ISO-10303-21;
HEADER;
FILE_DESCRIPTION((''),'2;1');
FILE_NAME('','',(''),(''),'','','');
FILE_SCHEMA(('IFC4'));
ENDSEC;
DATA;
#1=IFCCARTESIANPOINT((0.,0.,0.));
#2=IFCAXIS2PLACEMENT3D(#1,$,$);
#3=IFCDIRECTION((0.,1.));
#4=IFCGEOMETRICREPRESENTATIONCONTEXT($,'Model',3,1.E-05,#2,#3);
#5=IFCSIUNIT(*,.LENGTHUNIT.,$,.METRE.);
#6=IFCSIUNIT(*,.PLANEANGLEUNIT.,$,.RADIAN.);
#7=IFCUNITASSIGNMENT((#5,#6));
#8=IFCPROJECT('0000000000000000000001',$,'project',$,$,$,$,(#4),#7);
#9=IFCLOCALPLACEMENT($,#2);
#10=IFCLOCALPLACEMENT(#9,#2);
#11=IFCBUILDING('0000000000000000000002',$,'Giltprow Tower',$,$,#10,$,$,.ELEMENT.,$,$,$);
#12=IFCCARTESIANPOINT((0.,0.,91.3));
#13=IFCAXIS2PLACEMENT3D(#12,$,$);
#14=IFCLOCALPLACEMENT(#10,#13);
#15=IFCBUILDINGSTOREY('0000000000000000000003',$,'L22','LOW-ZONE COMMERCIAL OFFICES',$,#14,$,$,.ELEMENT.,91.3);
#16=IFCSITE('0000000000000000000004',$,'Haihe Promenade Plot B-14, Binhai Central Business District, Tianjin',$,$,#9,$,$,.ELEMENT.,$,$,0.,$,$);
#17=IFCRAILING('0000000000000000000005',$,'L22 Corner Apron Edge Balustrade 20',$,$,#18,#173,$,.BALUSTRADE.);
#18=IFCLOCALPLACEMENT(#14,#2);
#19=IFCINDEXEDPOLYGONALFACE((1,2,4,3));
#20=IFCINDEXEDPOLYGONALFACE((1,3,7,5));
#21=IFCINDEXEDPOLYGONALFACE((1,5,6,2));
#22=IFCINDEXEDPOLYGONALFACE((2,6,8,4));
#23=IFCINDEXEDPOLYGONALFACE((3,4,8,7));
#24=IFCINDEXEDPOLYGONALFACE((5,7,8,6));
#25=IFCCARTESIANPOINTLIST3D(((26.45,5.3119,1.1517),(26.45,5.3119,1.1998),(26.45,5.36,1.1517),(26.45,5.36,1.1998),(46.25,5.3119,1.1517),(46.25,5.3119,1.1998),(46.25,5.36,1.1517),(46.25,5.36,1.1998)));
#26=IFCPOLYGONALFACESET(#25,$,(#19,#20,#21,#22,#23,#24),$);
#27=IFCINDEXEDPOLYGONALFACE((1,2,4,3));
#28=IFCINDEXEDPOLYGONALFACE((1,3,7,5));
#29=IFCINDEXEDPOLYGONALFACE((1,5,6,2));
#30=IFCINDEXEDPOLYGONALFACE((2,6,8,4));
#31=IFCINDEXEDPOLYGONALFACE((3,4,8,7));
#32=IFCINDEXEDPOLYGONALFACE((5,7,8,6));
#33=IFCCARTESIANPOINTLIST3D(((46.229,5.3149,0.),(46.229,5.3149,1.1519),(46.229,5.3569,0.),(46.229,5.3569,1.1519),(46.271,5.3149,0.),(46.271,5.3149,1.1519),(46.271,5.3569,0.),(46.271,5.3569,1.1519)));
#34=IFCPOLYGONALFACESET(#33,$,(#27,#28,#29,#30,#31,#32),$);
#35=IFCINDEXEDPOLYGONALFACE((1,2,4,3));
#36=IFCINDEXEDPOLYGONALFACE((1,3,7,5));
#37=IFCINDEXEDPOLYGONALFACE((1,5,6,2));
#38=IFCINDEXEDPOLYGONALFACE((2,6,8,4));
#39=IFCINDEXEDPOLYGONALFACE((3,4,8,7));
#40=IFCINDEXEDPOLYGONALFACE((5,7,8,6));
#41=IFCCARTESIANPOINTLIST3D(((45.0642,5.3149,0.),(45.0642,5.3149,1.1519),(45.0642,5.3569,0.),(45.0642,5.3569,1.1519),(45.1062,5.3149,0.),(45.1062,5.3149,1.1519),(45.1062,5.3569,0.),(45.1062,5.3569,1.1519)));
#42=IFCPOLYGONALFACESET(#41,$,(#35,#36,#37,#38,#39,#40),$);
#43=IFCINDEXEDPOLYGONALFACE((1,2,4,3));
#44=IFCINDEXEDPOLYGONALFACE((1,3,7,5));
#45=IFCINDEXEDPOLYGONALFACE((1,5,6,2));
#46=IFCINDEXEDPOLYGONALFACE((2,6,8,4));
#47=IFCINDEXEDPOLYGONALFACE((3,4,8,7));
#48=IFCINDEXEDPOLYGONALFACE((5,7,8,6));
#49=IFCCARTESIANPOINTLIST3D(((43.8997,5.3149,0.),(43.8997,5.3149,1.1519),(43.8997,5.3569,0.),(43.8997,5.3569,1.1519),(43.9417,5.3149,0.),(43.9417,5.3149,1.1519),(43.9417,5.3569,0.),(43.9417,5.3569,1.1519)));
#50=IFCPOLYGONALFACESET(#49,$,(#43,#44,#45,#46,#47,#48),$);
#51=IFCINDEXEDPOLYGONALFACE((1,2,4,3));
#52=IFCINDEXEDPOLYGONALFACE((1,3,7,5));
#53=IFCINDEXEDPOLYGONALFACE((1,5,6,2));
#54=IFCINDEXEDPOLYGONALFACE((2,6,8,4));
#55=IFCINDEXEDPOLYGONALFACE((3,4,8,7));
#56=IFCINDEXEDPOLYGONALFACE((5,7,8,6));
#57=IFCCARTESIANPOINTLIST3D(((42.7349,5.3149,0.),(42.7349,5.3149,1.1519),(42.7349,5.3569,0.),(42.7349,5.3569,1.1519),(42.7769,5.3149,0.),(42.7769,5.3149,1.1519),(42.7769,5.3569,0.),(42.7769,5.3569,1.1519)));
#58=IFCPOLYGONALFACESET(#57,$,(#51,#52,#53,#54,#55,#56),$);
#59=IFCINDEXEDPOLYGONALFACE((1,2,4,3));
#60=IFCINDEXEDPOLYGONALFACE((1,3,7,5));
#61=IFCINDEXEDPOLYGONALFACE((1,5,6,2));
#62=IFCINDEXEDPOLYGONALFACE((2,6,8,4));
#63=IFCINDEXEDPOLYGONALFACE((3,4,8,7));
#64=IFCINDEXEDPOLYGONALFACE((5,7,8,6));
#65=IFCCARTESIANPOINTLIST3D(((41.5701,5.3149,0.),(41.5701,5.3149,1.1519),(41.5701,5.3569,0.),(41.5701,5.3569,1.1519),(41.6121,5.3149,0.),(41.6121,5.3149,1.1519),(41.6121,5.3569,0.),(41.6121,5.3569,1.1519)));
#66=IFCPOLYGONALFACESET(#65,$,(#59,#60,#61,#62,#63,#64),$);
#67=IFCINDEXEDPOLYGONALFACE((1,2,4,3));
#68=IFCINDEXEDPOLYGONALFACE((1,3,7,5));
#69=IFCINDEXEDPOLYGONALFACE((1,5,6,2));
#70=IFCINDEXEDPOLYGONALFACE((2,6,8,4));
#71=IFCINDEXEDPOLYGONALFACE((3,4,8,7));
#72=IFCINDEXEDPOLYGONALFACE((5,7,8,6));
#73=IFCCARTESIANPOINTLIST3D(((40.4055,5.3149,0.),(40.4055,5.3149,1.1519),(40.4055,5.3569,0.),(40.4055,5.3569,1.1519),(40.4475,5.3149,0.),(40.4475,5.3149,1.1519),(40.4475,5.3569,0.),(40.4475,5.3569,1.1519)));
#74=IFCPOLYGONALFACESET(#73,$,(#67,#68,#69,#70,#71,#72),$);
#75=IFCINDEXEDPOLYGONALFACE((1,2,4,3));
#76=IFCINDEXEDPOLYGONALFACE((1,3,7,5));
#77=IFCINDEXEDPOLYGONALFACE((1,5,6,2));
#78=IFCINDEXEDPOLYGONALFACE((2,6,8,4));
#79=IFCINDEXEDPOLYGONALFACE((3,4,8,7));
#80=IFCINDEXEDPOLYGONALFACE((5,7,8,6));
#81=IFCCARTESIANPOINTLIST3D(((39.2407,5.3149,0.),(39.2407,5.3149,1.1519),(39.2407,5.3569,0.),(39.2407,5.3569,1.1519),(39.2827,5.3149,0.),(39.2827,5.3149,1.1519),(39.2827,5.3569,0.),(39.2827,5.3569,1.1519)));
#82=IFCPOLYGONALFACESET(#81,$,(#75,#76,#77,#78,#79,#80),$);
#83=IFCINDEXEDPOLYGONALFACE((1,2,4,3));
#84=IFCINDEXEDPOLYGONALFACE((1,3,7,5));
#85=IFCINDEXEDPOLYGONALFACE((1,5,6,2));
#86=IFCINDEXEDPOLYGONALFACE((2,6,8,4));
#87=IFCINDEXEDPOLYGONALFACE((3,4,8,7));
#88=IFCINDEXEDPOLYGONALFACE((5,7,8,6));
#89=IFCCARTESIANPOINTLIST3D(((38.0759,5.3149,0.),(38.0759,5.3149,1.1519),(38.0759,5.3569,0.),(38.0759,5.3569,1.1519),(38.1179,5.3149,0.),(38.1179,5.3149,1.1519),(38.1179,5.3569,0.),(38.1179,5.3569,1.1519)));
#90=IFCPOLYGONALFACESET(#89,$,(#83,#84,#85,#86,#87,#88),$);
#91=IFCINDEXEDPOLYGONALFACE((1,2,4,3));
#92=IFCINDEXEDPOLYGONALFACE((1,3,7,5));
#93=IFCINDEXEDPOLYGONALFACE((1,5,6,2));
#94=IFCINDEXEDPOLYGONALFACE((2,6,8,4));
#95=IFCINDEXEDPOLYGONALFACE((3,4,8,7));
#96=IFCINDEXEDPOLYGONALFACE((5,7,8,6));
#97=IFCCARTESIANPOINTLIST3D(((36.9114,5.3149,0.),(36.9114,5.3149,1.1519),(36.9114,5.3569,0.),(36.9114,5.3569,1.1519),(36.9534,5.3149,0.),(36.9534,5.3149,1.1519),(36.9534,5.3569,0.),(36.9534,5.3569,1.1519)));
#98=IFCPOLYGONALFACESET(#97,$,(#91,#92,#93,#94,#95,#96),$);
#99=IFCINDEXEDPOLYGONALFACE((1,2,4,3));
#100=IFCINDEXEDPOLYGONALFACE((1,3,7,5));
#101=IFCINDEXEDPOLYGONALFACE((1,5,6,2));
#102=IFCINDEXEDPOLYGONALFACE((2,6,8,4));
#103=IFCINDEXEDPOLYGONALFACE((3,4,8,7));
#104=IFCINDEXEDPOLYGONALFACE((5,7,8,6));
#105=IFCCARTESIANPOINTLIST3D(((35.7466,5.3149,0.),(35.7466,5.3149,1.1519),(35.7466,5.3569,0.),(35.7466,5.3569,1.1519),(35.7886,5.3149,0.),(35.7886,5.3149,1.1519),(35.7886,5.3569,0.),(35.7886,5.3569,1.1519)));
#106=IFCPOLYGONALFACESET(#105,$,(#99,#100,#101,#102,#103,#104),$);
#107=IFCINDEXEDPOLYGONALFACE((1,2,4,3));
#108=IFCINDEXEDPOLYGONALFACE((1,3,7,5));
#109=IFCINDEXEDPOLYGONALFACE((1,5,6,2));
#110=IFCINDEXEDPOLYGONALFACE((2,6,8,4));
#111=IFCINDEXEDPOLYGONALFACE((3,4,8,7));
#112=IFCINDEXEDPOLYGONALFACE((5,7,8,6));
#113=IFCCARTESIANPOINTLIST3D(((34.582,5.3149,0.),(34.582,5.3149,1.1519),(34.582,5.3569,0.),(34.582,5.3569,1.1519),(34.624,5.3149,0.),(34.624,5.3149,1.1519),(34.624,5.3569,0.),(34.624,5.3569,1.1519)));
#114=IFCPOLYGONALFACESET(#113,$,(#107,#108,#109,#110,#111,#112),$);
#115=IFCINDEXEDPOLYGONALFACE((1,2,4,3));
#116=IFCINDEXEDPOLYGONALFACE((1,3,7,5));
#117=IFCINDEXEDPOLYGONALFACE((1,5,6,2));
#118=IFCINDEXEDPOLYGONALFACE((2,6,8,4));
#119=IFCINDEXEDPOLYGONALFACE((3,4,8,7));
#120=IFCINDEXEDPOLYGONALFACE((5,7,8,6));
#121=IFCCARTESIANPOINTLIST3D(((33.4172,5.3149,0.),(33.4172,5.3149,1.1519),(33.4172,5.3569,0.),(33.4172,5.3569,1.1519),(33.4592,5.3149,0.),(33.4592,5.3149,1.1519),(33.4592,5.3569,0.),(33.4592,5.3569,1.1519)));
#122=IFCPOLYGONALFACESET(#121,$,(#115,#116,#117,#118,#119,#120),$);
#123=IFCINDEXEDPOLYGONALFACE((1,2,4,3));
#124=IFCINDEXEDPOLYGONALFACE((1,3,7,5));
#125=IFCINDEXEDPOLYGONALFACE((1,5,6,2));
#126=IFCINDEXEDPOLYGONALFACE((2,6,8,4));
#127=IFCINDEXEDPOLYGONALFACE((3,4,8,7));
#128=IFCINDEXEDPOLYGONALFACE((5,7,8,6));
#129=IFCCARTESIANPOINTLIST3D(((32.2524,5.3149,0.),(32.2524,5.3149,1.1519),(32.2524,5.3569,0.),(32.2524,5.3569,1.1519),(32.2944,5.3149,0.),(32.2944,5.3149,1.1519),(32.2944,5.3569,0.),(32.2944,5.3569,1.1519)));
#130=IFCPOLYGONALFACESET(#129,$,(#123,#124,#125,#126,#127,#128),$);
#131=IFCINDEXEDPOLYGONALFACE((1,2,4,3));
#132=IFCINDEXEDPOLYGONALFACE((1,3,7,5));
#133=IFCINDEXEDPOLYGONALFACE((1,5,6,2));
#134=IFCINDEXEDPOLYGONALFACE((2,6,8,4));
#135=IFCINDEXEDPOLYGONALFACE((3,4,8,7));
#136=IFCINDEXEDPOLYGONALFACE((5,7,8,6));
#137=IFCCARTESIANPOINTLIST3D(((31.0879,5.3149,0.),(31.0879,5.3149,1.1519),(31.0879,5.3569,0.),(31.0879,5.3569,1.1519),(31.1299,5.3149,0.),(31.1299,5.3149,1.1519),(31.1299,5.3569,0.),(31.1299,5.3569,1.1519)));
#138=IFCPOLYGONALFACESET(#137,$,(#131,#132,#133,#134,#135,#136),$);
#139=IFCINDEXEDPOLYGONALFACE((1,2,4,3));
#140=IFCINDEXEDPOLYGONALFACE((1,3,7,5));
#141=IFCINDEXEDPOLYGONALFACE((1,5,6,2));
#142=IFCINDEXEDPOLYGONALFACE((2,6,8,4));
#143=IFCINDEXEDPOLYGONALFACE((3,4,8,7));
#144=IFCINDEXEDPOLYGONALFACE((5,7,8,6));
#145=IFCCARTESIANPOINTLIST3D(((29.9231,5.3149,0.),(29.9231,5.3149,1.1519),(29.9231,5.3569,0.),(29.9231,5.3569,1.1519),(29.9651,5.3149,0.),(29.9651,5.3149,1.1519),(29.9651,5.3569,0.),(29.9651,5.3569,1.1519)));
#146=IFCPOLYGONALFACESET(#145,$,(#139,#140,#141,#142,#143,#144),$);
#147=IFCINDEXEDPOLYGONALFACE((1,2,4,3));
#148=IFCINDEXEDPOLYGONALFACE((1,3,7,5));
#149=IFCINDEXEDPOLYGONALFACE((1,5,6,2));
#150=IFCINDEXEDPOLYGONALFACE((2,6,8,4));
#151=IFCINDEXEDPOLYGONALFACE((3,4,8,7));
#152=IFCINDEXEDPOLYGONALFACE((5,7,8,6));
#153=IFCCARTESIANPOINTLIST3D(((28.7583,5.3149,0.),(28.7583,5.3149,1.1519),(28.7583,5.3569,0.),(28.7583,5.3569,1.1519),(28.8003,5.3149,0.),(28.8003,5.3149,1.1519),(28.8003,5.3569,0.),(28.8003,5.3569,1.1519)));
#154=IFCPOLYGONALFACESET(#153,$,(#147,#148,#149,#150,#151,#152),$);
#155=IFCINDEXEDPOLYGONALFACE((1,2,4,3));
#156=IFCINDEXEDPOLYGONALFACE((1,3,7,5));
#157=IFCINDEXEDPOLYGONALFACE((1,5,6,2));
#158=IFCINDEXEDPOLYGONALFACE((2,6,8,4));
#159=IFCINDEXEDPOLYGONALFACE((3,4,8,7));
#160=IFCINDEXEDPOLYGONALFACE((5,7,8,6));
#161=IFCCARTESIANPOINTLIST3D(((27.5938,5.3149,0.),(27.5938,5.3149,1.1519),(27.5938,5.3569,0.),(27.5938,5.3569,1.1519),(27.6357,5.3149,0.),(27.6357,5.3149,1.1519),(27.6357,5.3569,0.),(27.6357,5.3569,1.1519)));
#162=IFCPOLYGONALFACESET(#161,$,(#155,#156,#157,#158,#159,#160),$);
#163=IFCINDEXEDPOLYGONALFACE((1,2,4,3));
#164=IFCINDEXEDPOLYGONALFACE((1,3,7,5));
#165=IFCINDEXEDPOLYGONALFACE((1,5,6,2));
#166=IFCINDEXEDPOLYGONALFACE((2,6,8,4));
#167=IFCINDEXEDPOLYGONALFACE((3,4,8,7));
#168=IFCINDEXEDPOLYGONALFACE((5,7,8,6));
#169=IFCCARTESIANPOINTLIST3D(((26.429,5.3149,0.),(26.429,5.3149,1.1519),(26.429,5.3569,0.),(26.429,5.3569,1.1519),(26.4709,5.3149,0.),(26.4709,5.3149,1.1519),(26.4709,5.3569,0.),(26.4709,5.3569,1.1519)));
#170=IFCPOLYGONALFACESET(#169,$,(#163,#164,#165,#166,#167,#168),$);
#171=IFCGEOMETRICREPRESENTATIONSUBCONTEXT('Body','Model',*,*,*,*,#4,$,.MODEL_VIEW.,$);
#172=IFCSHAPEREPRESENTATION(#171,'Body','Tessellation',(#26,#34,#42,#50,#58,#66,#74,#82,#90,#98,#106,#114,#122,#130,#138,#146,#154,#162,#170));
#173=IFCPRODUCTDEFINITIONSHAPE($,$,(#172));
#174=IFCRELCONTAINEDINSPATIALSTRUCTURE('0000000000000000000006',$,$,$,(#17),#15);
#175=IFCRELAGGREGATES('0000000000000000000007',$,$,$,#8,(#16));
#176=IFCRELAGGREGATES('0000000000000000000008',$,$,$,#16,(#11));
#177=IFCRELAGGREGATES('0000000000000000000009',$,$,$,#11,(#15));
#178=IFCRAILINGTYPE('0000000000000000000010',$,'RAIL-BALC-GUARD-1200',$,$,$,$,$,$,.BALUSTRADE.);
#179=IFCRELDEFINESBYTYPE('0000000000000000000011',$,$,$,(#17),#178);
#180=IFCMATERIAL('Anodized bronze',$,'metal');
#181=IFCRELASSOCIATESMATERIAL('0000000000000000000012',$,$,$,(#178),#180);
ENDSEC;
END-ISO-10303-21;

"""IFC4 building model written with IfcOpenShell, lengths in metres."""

from ifc_helpers import new_model, si_unit, direction, frame, origin, origin_2d, place, context, subcontext, project, spatial, rectangle, extrude, material, type_object, element, save


model = new_model("IFC4")

# Units and contexts
model_context = context("Model", 3, precision=1e-05, world=origin(), true_north=direction((0.0, 1.0)))
body_context = subcontext(model_context, "Body", "Model", "MODEL_VIEW")
ifc_project = project(units=[si_unit("LENGTHUNIT", "METRE"), si_unit("PLANEANGLEUNIT", "RADIAN")], contexts=[model_context])

# Site, building, storey
site_placement = place(None, origin())
site = spatial("IfcSite", under=ifc_project, at=site_placement, Name="Haihe Promenade Plot B-14, Binhai Central Business District, Tianjin", CompositionType="ELEMENT", RefElevation=0.0)
building_placement = place(site_placement, origin())
building = spatial("IfcBuilding", under=site, at=building_placement, Name="Giltprow Tower", CompositionType="ELEMENT")
storey_placement = place(building_placement, frame((0.0, 0.0, 91.3)))
storey = spatial("IfcBuildingStorey", under=building, at=storey_placement, Name="L22", Description="LOW-ZONE COMMERCIAL OFFICES", CompositionType="ELEMENT", Elevation=91.3)

# Shared definitions
ifc_material_1 = material(Name="Anodized bronze", Category="metal")

# Railing
railing_type = type_object("IfcRailingType", Name="RAIL-BALC-GUARD-1200", PredefinedType="BALUSTRADE", material=ifc_material_1)
railing_1_placement = place(storey_placement, frame((46.25, 5.3359, 0.0)))
element("IfcRailing", 1, at=railing_1_placement, inside=storey, type_object=railing_type, Name="L22 Corner Apron Edge Balustrade 20", PredefinedType="BALUSTRADE", context=body_context, shape_type="SweptSolid", body=[
    extrude(rectangle(XDim=0.0481, YDim=0.0481, at=origin_2d()), frame((0.0, 0.0, 1.1758), z_axis=(-1.0, 0.0, 0.0), x_axis=(0.0, -1.0, 0.0)), (0.0, 0.0, 1.0), 19.8),
    extrude(rectangle(XDim=0.042, YDim=0.042, at=origin_2d()), origin(), (0.0, 0.0, 1.0), 1.1519),
    extrude(rectangle(XDim=0.042, YDim=0.042, at=origin_2d()), frame((-1.1648, 0.0, 0.0)), (0.0, 0.0, 1.0), 1.1519),
    extrude(rectangle(XDim=0.042, YDim=0.042, at=origin_2d()), frame((-2.3293, 0.0, 0.0)), (0.0, 0.0, 1.0), 1.1519),
    extrude(rectangle(XDim=0.042, YDim=0.042, at=origin_2d()), frame((-3.4941, 0.0, 0.0)), (0.0, 0.0, 1.0), 1.1519),
    extrude(rectangle(XDim=0.042, YDim=0.042, at=origin_2d()), frame((-4.6589, 0.0, 0.0)), (0.0, 0.0, 1.0), 1.1519),
    extrude(rectangle(XDim=0.042, YDim=0.042, at=origin_2d()), frame((-5.8235, 0.0, 0.0)), (0.0, 0.0, 1.0), 1.1519),
    extrude(rectangle(XDim=0.042, YDim=0.042, at=origin_2d()), frame((-6.9883, 0.0, 0.0)), (0.0, 0.0, 1.0), 1.1519),
    extrude(rectangle(XDim=0.042, YDim=0.042, at=origin_2d()), frame((-8.1531, 0.0, 0.0)), (0.0, 0.0, 1.0), 1.1519),
    extrude(rectangle(XDim=0.042, YDim=0.042, at=origin_2d()), frame((-9.3176, 0.0, 0.0)), (0.0, 0.0, 1.0), 1.1519),
    extrude(rectangle(XDim=0.042, YDim=0.042, at=origin_2d()), frame((-10.4824, 0.0, 0.0)), (0.0, 0.0, 1.0), 1.1519),
    extrude(rectangle(XDim=0.042, YDim=0.042, at=origin_2d()), frame((-11.647, 0.0, 0.0)), (0.0, 0.0, 1.0), 1.1519),
    extrude(rectangle(XDim=0.042, YDim=0.042, at=origin_2d()), frame((-12.8118, 0.0, 0.0)), (0.0, 0.0, 1.0), 1.1519),
    extrude(rectangle(XDim=0.042, YDim=0.042, at=origin_2d()), frame((-13.9766, 0.0, 0.0)), (0.0, 0.0, 1.0), 1.1519),
    extrude(rectangle(XDim=0.042, YDim=0.042, at=origin_2d()), frame((-15.1411, 0.0, 0.0)), (0.0, 0.0, 1.0), 1.1519),
    extrude(rectangle(XDim=0.042, YDim=0.042, at=origin_2d()), frame((-16.3059, 0.0, 0.0)), (0.0, 0.0, 1.0), 1.1519),
    extrude(rectangle(XDim=0.042, YDim=0.042, at=origin_2d()), frame((-17.4707, 0.0, 0.0)), (0.0, 0.0, 1.0), 1.1519),
    extrude(rectangle(XDim=0.042, YDim=0.042, at=origin_2d()), frame((-18.6353, 0.0, 0.0)), (0.0, 0.0, 1.0), 1.1519),
    extrude(rectangle(XDim=0.042, YDim=0.042, at=origin_2d()), frame((-19.8, 0.0, 0.0)), (0.0, 0.0, 1.0), 1.1519),
])

save(model, "model.ifc")
